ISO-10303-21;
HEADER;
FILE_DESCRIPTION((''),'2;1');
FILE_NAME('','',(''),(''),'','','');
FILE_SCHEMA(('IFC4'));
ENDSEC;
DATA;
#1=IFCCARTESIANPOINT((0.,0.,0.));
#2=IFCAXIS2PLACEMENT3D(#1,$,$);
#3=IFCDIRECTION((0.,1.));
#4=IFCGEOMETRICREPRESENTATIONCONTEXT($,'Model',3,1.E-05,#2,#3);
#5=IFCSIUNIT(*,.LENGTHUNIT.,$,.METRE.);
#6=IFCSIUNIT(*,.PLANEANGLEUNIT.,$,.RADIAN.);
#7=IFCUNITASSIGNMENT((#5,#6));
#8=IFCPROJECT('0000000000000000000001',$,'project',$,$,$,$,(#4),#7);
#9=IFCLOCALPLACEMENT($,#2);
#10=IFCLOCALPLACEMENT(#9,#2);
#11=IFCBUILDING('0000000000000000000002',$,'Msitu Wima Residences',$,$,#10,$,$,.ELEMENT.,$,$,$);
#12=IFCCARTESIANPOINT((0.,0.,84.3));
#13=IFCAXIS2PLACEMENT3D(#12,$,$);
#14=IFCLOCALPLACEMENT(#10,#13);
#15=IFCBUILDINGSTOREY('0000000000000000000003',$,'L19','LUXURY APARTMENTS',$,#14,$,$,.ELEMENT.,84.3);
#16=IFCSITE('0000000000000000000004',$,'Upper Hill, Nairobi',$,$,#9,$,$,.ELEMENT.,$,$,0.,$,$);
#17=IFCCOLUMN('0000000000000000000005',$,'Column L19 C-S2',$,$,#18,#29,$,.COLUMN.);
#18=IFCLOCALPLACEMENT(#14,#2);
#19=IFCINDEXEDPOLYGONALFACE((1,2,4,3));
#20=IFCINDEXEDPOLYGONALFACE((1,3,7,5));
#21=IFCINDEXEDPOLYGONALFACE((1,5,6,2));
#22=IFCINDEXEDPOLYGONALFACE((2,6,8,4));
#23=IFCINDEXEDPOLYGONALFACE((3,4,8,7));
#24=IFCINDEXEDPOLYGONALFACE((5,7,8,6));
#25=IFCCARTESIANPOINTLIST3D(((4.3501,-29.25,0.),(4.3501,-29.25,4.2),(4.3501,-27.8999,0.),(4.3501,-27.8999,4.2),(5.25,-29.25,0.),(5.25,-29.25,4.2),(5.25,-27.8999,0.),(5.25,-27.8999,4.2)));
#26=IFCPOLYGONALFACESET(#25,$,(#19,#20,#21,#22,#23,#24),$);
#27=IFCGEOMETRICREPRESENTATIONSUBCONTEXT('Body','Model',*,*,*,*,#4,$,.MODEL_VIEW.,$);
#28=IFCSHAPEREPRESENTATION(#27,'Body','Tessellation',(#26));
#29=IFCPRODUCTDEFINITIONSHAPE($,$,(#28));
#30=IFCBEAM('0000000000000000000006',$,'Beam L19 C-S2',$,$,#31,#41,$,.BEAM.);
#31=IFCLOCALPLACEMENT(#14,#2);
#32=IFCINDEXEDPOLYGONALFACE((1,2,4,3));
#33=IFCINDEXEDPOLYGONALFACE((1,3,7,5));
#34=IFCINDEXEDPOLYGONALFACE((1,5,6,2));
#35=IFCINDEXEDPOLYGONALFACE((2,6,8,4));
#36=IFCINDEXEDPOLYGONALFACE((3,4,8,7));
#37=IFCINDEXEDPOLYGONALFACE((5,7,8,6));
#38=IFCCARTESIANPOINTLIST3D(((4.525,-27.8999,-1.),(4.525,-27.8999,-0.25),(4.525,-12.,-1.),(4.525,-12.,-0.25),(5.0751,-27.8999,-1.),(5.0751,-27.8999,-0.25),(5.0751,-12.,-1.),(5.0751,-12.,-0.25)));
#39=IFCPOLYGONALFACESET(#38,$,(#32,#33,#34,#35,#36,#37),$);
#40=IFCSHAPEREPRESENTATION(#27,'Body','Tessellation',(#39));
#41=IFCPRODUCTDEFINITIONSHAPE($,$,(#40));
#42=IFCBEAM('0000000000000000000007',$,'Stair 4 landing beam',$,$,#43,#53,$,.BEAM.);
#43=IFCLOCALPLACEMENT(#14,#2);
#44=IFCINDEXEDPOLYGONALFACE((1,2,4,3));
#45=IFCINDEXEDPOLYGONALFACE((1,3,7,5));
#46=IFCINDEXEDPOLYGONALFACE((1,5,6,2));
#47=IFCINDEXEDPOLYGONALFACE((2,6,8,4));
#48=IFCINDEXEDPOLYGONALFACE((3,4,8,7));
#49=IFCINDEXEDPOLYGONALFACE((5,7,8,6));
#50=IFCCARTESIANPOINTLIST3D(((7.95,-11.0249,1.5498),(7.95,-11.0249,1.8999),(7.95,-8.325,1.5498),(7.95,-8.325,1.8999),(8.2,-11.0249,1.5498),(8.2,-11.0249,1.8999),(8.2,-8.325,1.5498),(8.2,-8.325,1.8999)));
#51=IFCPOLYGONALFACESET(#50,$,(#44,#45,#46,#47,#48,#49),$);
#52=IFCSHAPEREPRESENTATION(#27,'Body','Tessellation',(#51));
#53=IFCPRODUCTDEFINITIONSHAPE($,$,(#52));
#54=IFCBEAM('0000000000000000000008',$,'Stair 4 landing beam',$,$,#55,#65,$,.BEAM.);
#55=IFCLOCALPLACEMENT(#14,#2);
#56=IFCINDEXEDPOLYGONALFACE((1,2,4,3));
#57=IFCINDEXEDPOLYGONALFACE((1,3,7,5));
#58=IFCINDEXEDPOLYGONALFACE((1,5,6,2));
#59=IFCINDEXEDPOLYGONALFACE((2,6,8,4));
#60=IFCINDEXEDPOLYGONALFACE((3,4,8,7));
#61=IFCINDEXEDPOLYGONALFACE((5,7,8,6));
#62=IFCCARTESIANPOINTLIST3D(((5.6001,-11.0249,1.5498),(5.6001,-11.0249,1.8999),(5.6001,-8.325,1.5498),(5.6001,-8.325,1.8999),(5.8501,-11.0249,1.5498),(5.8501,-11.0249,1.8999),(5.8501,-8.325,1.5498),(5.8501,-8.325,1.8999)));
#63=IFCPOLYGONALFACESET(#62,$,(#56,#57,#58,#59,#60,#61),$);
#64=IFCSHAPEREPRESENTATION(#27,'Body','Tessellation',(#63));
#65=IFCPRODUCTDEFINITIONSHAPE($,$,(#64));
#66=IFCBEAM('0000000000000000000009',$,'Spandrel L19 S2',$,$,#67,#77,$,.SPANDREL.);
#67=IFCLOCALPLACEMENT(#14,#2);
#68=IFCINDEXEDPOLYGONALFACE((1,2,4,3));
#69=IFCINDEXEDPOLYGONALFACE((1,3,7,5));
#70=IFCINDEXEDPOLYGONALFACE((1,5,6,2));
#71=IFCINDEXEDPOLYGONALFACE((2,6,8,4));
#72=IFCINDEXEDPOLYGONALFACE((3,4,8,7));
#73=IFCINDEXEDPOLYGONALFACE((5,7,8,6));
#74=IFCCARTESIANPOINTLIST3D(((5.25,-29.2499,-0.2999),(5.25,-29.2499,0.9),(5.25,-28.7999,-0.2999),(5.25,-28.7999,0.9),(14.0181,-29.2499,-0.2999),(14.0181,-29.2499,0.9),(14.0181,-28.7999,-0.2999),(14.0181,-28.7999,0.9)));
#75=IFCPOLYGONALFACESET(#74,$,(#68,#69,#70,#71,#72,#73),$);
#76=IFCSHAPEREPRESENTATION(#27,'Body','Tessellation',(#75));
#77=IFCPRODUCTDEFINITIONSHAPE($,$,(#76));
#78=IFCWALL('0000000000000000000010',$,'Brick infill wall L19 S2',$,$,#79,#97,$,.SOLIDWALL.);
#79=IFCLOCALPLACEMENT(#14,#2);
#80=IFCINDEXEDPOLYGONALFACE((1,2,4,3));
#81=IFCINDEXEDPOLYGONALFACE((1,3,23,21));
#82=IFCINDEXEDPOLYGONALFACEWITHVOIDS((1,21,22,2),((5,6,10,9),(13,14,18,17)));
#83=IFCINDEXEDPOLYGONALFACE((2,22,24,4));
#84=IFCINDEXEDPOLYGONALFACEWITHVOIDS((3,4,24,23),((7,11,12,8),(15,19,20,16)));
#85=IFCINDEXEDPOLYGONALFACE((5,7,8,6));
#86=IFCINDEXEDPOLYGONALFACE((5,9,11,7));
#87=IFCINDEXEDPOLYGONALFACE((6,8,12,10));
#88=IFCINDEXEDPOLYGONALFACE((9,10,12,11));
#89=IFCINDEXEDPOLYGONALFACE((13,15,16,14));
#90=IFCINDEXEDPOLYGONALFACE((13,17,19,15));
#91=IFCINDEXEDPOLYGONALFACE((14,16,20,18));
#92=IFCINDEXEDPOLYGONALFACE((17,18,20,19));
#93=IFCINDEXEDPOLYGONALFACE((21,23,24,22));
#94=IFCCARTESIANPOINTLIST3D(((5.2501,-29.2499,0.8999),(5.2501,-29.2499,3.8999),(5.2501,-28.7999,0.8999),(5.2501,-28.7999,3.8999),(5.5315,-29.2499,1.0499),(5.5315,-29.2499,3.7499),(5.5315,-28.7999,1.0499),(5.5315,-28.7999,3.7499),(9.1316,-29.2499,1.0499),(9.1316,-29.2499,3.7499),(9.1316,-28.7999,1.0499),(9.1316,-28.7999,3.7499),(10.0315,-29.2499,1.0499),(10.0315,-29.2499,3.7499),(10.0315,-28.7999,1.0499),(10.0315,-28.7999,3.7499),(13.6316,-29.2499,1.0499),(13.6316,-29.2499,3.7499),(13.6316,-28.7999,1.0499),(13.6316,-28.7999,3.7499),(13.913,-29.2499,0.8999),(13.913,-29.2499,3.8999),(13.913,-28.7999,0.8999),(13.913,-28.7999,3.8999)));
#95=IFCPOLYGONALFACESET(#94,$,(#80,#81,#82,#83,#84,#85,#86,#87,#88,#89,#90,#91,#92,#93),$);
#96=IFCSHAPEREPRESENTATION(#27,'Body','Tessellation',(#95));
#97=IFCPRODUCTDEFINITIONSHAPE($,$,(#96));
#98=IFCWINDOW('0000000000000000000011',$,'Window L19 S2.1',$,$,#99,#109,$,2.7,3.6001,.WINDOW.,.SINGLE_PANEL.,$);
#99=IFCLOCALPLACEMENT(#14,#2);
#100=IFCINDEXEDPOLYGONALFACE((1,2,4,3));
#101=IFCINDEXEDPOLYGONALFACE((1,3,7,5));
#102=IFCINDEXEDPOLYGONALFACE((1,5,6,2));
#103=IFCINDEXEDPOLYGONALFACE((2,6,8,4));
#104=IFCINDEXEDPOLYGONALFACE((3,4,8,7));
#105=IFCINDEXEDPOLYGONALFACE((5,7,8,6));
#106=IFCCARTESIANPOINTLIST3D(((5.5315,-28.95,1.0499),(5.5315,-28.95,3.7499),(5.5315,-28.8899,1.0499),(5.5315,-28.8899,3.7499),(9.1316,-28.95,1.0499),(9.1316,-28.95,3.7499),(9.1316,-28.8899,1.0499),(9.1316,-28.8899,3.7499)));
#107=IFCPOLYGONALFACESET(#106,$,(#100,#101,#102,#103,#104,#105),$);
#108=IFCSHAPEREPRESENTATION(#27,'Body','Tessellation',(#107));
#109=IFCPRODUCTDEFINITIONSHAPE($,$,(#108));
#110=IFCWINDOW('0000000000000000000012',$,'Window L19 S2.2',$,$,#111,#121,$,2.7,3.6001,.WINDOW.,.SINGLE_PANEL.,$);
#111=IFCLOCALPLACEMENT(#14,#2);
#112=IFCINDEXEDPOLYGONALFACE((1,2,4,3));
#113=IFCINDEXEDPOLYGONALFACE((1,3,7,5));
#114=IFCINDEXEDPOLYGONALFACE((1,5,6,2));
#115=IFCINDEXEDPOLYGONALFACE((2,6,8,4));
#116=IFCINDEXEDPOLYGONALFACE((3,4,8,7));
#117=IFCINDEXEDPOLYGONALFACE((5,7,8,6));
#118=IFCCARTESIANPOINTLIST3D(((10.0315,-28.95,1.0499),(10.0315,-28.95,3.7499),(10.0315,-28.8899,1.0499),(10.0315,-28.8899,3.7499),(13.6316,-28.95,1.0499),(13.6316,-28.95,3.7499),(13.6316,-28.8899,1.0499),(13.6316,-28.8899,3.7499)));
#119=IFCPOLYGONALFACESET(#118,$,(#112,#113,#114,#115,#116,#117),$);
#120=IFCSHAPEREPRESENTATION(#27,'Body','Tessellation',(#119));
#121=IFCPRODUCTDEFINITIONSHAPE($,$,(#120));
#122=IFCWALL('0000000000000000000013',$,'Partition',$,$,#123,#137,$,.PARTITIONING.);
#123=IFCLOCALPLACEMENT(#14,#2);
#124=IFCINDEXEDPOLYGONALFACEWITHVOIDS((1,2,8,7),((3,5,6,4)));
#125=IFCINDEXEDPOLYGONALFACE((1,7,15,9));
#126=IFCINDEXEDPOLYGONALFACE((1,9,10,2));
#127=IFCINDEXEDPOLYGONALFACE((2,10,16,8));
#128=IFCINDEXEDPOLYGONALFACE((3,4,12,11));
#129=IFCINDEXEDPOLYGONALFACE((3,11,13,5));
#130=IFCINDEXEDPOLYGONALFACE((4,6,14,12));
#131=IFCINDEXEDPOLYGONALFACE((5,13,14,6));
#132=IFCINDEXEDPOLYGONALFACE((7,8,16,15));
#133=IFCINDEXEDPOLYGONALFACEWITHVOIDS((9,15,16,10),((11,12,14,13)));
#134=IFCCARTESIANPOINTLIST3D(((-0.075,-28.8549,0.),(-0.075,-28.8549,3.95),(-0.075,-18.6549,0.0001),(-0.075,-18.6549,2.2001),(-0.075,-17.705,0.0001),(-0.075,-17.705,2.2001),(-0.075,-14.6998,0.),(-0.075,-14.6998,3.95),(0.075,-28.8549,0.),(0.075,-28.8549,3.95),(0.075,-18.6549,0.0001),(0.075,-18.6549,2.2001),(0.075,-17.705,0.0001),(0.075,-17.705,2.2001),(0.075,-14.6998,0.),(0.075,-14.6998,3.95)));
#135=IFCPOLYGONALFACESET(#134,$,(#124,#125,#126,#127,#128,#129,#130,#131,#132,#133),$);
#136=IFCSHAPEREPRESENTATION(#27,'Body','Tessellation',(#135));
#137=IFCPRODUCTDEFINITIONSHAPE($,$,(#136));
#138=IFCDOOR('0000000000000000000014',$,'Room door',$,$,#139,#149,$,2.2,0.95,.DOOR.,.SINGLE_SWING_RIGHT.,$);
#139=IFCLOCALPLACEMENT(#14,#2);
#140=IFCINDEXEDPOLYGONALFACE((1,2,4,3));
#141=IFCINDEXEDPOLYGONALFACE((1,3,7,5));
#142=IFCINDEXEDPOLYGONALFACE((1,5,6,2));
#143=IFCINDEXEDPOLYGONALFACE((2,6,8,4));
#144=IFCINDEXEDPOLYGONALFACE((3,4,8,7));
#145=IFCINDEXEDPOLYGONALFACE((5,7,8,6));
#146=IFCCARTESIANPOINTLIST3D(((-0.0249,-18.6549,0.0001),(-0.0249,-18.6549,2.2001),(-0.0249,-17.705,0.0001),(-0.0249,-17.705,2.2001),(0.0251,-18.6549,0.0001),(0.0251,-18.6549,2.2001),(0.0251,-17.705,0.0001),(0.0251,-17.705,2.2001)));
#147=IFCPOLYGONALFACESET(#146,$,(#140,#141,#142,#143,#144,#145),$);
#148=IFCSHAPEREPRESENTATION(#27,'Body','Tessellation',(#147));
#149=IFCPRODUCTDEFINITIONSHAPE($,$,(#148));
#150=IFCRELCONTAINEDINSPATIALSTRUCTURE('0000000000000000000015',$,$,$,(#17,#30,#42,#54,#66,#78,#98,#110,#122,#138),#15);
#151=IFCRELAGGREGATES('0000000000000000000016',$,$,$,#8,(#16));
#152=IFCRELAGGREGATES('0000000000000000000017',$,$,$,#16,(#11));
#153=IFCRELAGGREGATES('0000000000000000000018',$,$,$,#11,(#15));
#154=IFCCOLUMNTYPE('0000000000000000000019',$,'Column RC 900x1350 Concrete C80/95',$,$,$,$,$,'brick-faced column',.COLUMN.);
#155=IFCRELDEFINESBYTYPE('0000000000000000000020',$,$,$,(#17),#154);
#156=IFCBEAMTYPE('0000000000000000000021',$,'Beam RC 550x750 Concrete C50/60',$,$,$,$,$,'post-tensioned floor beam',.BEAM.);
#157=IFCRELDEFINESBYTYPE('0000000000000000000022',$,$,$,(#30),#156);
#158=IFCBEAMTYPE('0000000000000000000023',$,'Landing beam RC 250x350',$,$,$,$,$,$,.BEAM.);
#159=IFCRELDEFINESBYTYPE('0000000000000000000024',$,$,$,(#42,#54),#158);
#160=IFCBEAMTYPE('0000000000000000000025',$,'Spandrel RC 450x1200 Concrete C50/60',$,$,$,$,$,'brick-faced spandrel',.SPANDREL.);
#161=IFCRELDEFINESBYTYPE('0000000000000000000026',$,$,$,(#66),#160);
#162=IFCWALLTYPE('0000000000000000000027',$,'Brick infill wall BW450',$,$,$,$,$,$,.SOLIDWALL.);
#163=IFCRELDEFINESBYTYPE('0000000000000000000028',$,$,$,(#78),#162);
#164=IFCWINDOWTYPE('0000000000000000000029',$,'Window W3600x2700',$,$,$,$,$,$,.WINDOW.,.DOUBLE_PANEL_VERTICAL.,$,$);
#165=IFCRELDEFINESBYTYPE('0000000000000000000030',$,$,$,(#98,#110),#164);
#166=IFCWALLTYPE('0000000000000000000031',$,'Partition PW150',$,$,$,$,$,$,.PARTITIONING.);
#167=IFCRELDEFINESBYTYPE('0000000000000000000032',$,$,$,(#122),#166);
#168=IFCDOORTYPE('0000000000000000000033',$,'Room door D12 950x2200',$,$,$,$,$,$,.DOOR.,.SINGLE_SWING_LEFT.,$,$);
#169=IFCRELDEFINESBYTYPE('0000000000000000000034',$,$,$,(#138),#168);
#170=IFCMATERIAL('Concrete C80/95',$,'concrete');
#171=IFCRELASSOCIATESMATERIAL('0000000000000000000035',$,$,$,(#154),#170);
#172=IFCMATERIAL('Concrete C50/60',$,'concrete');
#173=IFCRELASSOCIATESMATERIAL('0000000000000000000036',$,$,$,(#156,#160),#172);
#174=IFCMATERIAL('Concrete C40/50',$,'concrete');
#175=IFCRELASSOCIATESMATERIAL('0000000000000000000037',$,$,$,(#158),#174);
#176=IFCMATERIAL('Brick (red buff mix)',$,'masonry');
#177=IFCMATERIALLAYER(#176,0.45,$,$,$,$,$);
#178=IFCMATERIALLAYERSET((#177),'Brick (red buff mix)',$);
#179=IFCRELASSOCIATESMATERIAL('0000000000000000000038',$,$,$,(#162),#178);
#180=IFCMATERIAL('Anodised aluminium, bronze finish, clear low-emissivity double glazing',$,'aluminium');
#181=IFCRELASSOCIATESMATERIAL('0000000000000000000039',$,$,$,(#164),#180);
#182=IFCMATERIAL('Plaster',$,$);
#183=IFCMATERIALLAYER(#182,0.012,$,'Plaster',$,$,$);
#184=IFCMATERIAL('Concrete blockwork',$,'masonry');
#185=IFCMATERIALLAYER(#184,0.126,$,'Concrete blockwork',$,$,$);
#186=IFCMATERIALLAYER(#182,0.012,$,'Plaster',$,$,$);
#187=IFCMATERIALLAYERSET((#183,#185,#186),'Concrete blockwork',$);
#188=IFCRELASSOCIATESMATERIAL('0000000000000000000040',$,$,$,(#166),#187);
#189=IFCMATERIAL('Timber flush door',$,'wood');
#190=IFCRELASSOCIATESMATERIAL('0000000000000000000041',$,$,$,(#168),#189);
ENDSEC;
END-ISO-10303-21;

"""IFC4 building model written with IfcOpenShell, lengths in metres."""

from ifc_helpers import new_model, si_unit, direction, frame, frame_2d, origin, origin_2d, place, context, subcontext, project, spatial, rectangle, extrude, material, layer, layer_set, material_profile, profile_set, type_object, element, fill, save


model = new_model("IFC4")

# Units and contexts
model_context = context("Model", 3, precision=1e-05, world=origin(), true_north=direction((0.0, 1.0)))
body_context = subcontext(model_context, "Body", "Model", "MODEL_VIEW")
ifc_project = project(units=[si_unit("LENGTHUNIT", "METRE"), si_unit("PLANEANGLEUNIT", "RADIAN")], contexts=[model_context])

# Site, building, storey
site_placement = place(None, origin())
site = spatial("IfcSite", under=ifc_project, at=site_placement, Name="Upper Hill, Nairobi", CompositionType="ELEMENT", RefElevation=0.0)
building_placement = place(site_placement, origin())
building = spatial("IfcBuilding", under=site, at=building_placement, Name="Msitu Wima Residences", CompositionType="ELEMENT")
storey_placement = place(building_placement, frame((0.0, 0.0, 84.3)))
storey = spatial("IfcBuildingStorey", under=building, at=storey_placement, Name="L19", Description="LUXURY APARTMENTS", CompositionType="ELEMENT", Elevation=84.3)

# Column
ifc_material_1 = material(Name="Concrete C80/95", Category="concrete")
ifc_material_profile_1 = material_profile(ifc_material_1, rectangle(XDim=0.8999, YDim=1.3501, at=origin_2d()), Name="RC 900x1350")
ifc_profile_set_1 = profile_set([ifc_material_profile_1], Name="Concrete C80/95")
column_type = type_object("IfcColumnType", Name="Column RC 900x1350 Concrete C80/95", ElementType="brick-faced column", PredefinedType="COLUMN", material=ifc_profile_set_1)
column_placement = place(storey_placement, frame((4.8, -28.575, 0.0), z_axis=(0.0, 0.0, 1.0), x_axis=(1.0, 0.0, 0.0)))
element("IfcColumn", 1, at=column_placement, inside=storey, type_object=column_type, Name="Column L19 C-S2", PredefinedType="COLUMN", context=body_context, shape_type="SweptSolid", body=[
    extrude(rectangle(XDim=0.8999, YDim=1.3501, at=origin_2d()), origin(), (0.0, 0.0, 1.0), 4.2),
])

# Beams
ifc_material_2 = material(Name="Concrete C50/60", Category="concrete")
ifc_material_profile_2 = material_profile(ifc_material_2, rectangle(XDim=0.55, YDim=0.75, at=origin_2d()), Name="RC 550x750")
ifc_profile_set_2 = profile_set([ifc_material_profile_2], Name="Concrete C50/60")
beam_type_1 = type_object("IfcBeamType", Name="Beam RC 550x750 Concrete C50/60", ElementType="post-tensioned floor beam", PredefinedType="BEAM", material=ifc_profile_set_2)
beam_1_placement = place(storey_placement, frame((4.8, -27.8999, -0.625), z_axis=(0.0, 1.0, 0.0), x_axis=(-1.0, 0.0, 0.0)))
element("IfcBeam", 2, at=beam_1_placement, inside=storey, type_object=beam_type_1, Name="Beam L19 C-S2", PredefinedType="BEAM", context=body_context, shape_type="SweptSolid", body=[
    extrude(rectangle(XDim=0.55, YDim=0.75, at=origin_2d()), origin(), (0.0, 0.0, 1.0), 15.8999),
])
ifc_material_3 = material(Name="Concrete C40/50", Category="concrete")
ifc_material_profile_3 = material_profile(ifc_material_3, rectangle(XDim=0.25, YDim=0.3501, at=origin_2d()), Name="RC 250x350")
ifc_profile_set_3 = profile_set([ifc_material_profile_3], Name="Concrete C40/50")
beam_type_2 = type_object("IfcBeamType", Name="Landing beam RC 250x350", PredefinedType="BEAM", material=ifc_profile_set_3)
for number, where, z_axis, x_axis, name in (
    (3, (8.075, -11.0249, 1.7249), (0.0, 1.0, 0.0), (-1.0, 0.0, 0.0), "Stair 4 landing beam"),
    (4, (5.7251, -11.0249, 1.7249), (0.0, 1.0, 0.0), (-1.0, 0.0, 0.0), "Stair 4 landing beam"),
):
    element("IfcBeam", number, at=place(storey_placement, frame(where, z_axis=z_axis, x_axis=x_axis)), inside=storey, type_object=beam_type_2, Name=name, PredefinedType="BEAM", context=body_context, shape_type="SweptSolid", body=[
        extrude(rectangle(XDim=0.25, YDim=0.3501, at=origin_2d()), origin(), (0.0, 0.0, 1.0), 2.7),
    ])
ifc_material_profile_4 = material_profile(ifc_material_2, rectangle(XDim=0.45, YDim=1.2, at=origin_2d()), Name="RC 450x1200")
ifc_profile_set_4 = profile_set([ifc_material_profile_4], Name="Concrete C50/60")
beam_type_3 = type_object("IfcBeamType", Name="Spandrel RC 450x1200 Concrete C50/60", ElementType="brick-faced spandrel", PredefinedType="SPANDREL", material=ifc_profile_set_4)
beam_2_placement = place(storey_placement, frame((5.25, -29.0249, 0.3), z_axis=(1.0, 0.0, 0.0), x_axis=(0.0, 1.0, 0.0)))
element("IfcBeam", 5, at=beam_2_placement, inside=storey, type_object=beam_type_3, Name="Spandrel L19 S2", PredefinedType="SPANDREL", context=body_context, shape_type="SweptSolid", body=[
    extrude(rectangle(XDim=0.45, YDim=1.2, at=origin_2d()), origin(), (0.0, 0.0, 1.0), 8.7681),
])

# Wall, openings, windows
ifc_material_4 = material(Name="Brick (red buff mix)", Category="masonry")
ifc_layer_1 = layer(ifc_material_4, 0.45)
ifc_layer_set_1 = layer_set([ifc_layer_1], Name="Brick (red buff mix)")
wall_type_1 = type_object("IfcWallType", Name="Brick infill wall BW450", PredefinedType="SOLIDWALL", material=ifc_layer_set_1)
wall_1_placement = place(storey_placement, frame((5.25, -29.0249, 0.8999), z_axis=(0.0, 0.0, 1.0), x_axis=(1.0, 0.0, 0.0)))
wall_1 = element("IfcWall", 6, at=wall_1_placement, inside=storey, type_object=wall_type_1, Name="Brick infill wall L19 S2", PredefinedType="SOLIDWALL", context=body_context, shape_type="SweptSolid", body=[
    extrude(rectangle(XDim=8.6628, YDim=0.45, at=frame_2d((4.3315, 0.0))), origin(), (0.0, 0.0, 1.0), 3.0),
])
opening_1_placement = place(wall_1_placement, frame((0.2815, 0.0, 0.1499)))
opening_1 = element("IfcOpeningElement", 7, at=opening_1_placement, cuts=wall_1, PredefinedType="OPENING", context=body_context, shape_type="SweptSolid", body=[
    extrude(rectangle(XDim=3.6001, YDim=2.7, at=frame_2d((1.8, 1.3501))), frame((0.0, 0.2349, 0.0), z_axis=(0.0, -1.0, 0.0), x_axis=(1.0, 0.0, 0.0)), (0.0, 0.0, 1.0), 0.47),
])
opening_2_placement = place(wall_1_placement, frame((4.7815, 0.0, 0.1499)))
opening_2 = element("IfcOpeningElement", 8, at=opening_2_placement, cuts=wall_1, PredefinedType="OPENING", context=body_context, shape_type="SweptSolid", body=[
    extrude(rectangle(XDim=3.6001, YDim=2.7, at=frame_2d((1.8, 1.3501))), frame((0.0, 0.2349, 0.0), z_axis=(0.0, -1.0, 0.0), x_axis=(1.0, 0.0, 0.0)), (0.0, 0.0, 1.0), 0.47),
])
ifc_material_5 = material(Name="Anodised aluminium, bronze finish, clear low-emissivity double glazing", Category="aluminium")
window_type = type_object("IfcWindowType", Name="Window W3600x2700", PartitioningType="DOUBLE_PANEL_VERTICAL", PredefinedType="WINDOW", material=ifc_material_5)
window_1_placement = place(opening_1_placement, origin())
window_1 = element("IfcWindow", 9, at=window_1_placement, inside=storey, type_object=window_type, Name="Window L19 S2.1", OverallHeight=2.7, OverallWidth=3.6001, PartitioningType="SINGLE_PANEL", PredefinedType="WINDOW", context=body_context, shape_type="SweptSolid", body=[
    extrude(rectangle(XDim=3.6001, YDim=2.7, at=frame_2d((1.8, 1.3501))), frame((0.0, 0.135, 0.0), z_axis=(0.0, -1.0, 0.0), x_axis=(1.0, 0.0, 0.0)), (0.0, 0.0, 1.0), 0.0601),
])
fill(opening_1, window_1)
window_2_placement = place(opening_2_placement, origin())
window_2 = element("IfcWindow", 10, at=window_2_placement, inside=storey, type_object=window_type, Name="Window L19 S2.2", OverallHeight=2.7, OverallWidth=3.6001, PartitioningType="SINGLE_PANEL", PredefinedType="WINDOW", context=body_context, shape_type="SweptSolid", body=[
    extrude(rectangle(XDim=3.6001, YDim=2.7, at=frame_2d((1.8, 1.3501))), frame((0.0, 0.135, 0.0), z_axis=(0.0, -1.0, 0.0), x_axis=(1.0, 0.0, 0.0)), (0.0, 0.0, 1.0), 0.0601),
])
fill(opening_2, window_2)

# Wall, opening, door
ifc_material_6 = material(Name="Plaster")
ifc_layer_2 = layer(ifc_material_6, 0.012, Name="Plaster")
ifc_material_7 = material(Name="Concrete blockwork", Category="masonry")
ifc_layer_3 = layer(ifc_material_7, 0.126, Name="Concrete blockwork")
ifc_layer_4 = layer(ifc_material_6, 0.012, Name="Plaster")
ifc_layer_set_2 = layer_set([ifc_layer_2, ifc_layer_3, ifc_layer_4], Name="Concrete blockwork")
wall_type_2 = type_object("IfcWallType", Name="Partition PW150", PredefinedType="PARTITIONING", material=ifc_layer_set_2)
wall_2_placement = place(storey_placement, frame((0.0, -28.855, 0.0), z_axis=(0.0, 0.0, 1.0), x_axis=(0.0, 1.0, 0.0)))
wall_2 = element("IfcWall", 11, at=wall_2_placement, inside=storey, type_object=wall_type_2, Name="Partition", PredefinedType="PARTITIONING", context=body_context, shape_type="SweptSolid", body=[
    extrude(rectangle(XDim=14.155, YDim=0.1499, at=frame_2d((7.0776, 0.0))), origin(), (0.0, 0.0, 1.0), 3.95),
])
opening_3_placement = place(wall_2_placement, frame((10.2, 0.0, 0.0)))
opening_3 = element("IfcOpeningElement", 12, at=opening_3_placement, cuts=wall_2, PredefinedType="OPENING", context=body_context, shape_type="SweptSolid", body=[
    extrude(rectangle(XDim=0.95, YDim=2.2, at=frame_2d((0.4751, 1.1001))), frame((0.0, 0.085, 0.0), z_axis=(0.0, -1.0, 0.0), x_axis=(1.0, 0.0, 0.0)), (0.0, 0.0, 1.0), 0.1699),
])
ifc_material_8 = material(Name="Timber flush door", Category="wood")
door_type_1 = type_object("IfcDoorType", Name="Room door D12 950x2200", OperationType="SINGLE_SWING_LEFT", PredefinedType="DOOR", material=ifc_material_8)
door_1_placement = place(opening_3_placement, origin())
door_1 = element("IfcDoor", 13, at=door_1_placement, inside=storey, type_object=door_type_1, Name="Room door", OperationType="SINGLE_SWING_RIGHT", OverallHeight=2.2, OverallWidth=0.95, PredefinedType="DOOR", context=body_context, shape_type="SweptSolid", body=[
    extrude(rectangle(XDim=0.95, YDim=2.2, at=frame_2d((0.4751, 1.1001))), frame((0.0, 0.0249, 0.0), z_axis=(0.0, -1.0, 0.0), x_axis=(1.0, 0.0, 0.0)), (0.0, 0.0, 1.0), 0.05),
])
fill(opening_3, door_1)

save(model, "model.ifc")
